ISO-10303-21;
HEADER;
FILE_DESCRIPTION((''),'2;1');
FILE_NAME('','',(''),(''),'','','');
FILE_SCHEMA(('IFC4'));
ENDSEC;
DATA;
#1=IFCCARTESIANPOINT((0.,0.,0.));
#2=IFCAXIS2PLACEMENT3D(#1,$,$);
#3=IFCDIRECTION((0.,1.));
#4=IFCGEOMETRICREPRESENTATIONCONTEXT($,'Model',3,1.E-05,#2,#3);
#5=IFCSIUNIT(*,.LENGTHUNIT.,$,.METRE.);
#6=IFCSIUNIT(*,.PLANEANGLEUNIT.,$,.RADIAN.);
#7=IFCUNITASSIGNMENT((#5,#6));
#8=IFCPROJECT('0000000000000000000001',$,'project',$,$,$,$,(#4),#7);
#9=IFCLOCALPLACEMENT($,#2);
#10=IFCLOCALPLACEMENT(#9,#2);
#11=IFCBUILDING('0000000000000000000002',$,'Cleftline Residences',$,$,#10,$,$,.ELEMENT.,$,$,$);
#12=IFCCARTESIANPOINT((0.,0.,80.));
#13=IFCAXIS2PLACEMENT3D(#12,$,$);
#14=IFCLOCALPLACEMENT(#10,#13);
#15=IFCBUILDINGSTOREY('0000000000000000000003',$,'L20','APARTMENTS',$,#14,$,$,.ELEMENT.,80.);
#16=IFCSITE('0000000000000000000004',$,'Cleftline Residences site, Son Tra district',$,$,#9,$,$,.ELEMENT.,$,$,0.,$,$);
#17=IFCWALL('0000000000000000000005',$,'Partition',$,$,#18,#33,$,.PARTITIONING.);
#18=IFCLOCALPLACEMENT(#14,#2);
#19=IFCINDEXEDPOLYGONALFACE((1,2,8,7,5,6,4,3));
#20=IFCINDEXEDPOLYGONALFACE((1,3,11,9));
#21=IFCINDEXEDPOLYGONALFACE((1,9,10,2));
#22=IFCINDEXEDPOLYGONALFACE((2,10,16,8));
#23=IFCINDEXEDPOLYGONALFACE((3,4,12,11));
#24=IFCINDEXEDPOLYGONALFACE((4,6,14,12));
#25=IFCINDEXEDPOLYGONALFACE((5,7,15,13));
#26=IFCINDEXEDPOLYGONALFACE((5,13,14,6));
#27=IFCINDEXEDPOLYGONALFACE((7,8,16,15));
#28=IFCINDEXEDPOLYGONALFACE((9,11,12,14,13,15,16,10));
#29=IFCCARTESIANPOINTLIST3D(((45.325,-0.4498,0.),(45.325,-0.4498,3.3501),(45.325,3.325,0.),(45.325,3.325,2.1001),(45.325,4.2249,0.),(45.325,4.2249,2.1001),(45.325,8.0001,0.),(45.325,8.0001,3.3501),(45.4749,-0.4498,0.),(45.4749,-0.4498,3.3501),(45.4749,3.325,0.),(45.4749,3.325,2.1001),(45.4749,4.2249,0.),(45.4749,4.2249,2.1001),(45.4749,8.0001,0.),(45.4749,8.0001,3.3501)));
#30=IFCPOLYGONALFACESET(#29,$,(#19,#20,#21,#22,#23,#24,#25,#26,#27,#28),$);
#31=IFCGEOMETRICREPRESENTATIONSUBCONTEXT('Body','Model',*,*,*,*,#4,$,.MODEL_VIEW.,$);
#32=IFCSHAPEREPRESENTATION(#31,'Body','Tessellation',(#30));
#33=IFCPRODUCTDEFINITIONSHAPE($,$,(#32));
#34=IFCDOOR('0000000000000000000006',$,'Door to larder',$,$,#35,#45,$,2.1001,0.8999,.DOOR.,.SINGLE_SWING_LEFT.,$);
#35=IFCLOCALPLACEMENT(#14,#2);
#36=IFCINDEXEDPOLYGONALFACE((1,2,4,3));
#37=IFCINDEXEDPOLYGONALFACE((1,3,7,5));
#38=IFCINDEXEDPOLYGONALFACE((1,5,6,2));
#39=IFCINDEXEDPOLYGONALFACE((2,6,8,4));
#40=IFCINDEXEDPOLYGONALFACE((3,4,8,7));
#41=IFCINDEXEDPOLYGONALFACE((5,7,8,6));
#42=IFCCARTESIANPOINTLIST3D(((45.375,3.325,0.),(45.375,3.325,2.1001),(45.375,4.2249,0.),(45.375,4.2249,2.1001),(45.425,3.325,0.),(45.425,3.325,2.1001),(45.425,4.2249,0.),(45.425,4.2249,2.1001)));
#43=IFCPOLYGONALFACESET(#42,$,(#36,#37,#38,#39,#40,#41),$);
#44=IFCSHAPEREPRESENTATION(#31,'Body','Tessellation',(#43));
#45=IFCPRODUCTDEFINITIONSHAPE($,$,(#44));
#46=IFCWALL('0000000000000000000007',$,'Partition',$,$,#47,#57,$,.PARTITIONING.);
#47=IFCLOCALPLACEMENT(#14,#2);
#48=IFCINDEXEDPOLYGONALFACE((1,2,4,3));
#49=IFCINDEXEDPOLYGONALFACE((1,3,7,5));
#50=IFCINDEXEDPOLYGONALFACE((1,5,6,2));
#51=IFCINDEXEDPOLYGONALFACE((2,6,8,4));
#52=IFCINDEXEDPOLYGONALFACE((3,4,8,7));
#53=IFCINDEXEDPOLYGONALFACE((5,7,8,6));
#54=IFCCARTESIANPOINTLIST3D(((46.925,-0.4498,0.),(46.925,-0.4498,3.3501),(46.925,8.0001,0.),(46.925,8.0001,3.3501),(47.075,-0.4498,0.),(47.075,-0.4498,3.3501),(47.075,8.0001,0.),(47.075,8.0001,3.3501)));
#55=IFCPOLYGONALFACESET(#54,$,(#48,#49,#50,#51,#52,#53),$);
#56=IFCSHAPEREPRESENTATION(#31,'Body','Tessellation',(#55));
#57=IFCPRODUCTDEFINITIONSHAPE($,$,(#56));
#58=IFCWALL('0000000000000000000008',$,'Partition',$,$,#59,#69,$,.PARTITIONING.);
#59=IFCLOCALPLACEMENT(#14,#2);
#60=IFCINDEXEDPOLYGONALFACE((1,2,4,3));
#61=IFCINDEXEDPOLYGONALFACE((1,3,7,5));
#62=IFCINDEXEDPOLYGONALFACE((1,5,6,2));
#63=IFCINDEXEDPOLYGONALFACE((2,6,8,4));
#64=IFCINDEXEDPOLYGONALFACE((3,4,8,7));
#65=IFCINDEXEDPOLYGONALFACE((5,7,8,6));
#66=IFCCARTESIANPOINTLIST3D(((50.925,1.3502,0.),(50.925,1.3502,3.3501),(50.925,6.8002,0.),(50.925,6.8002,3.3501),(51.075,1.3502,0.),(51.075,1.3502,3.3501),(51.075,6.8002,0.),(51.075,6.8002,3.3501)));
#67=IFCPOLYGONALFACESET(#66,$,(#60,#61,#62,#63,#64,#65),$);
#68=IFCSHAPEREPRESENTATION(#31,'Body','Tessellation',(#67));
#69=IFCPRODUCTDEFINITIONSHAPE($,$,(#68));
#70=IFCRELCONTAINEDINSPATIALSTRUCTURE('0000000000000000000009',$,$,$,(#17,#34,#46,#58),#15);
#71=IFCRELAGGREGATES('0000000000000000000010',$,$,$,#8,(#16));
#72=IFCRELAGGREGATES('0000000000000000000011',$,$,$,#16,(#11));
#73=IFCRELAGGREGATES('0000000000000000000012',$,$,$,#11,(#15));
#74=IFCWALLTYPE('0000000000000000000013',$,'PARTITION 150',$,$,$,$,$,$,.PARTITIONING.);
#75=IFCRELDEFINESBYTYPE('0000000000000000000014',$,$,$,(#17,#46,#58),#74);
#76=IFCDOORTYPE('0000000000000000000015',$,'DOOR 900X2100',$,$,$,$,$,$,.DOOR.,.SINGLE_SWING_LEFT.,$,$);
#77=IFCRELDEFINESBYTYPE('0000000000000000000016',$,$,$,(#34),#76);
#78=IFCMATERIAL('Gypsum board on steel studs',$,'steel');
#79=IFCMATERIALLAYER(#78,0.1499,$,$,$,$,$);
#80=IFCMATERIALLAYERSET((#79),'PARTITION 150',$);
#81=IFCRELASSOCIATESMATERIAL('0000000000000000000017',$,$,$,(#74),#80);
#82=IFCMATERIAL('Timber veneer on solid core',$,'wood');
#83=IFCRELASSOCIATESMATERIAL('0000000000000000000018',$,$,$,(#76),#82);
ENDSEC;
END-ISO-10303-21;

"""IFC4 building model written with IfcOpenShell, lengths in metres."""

from ifc_helpers import new_model, si_unit, direction, frame, frame_2d, origin, place, context, subcontext, project, spatial, rectangle, extrude, material, layer, layer_set, type_object, element, fill, save


model = new_model("IFC4")

# Units and contexts
model_context = context("Model", 3, precision=1e-05, world=origin(), true_north=direction((0.0, 1.0)))
body_context = subcontext(model_context, "Body", "Model", "MODEL_VIEW")
ifc_project = project(units=[si_unit("LENGTHUNIT", "METRE"), si_unit("PLANEANGLEUNIT", "RADIAN")], contexts=[model_context])

# Site, building, storey
site_placement = place(None, origin())
site = spatial("IfcSite", under=ifc_project, at=site_placement, Name="Cleftline Residences site, Son Tra district", CompositionType="ELEMENT", RefElevation=0.0)
building_placement = place(site_placement, origin())
building = spatial("IfcBuilding", under=site, at=building_placement, Name="Cleftline Residences", CompositionType="ELEMENT")
storey_placement = place(building_placement, frame((0.0, 0.0, 80.0)))
storey = spatial("IfcBuildingStorey", under=building, at=storey_placement, Name="L20", Description="APARTMENTS", CompositionType="ELEMENT", Elevation=80.0)

# Wall, opening, door
ifc_material_1 = material(Name="Gypsum board on steel studs", Category="steel")
ifc_layer_1 = layer(ifc_material_1, 0.1499)
ifc_layer_set_1 = layer_set([ifc_layer_1], Name="PARTITION 150")
wall_type_1 = type_object("IfcWallType", Name="PARTITION 150", PredefinedType="PARTITIONING", material=ifc_layer_set_1)
wall_1_placement = place(storey_placement, frame((45.3999, -0.45, 0.0), z_axis=(0.0, 0.0, 1.0), x_axis=(0.0, 1.0, 0.0)))
wall_1 = element("IfcWall", 1, at=wall_1_placement, inside=storey, type_object=wall_type_1, Name="Partition", PredefinedType="PARTITIONING", context=body_context, shape_type="SweptSolid", body=[
    extrude(rectangle(XDim=8.45, YDim=0.1499, at=frame_2d((4.2251, 0.0))), origin(), (0.0, 0.0, 1.0), 3.3501),
])
opening_1_placement = place(wall_1_placement, frame((3.7749, 0.0, 0.0)))
opening_1 = element("IfcOpeningElement", 2, at=opening_1_placement, cuts=wall_1, PredefinedType="OPENING", context=body_context, shape_type="SweptSolid", body=[
    extrude(rectangle(XDim=0.8999, YDim=2.1001, at=frame_2d((0.45, 1.05))), frame((0.0, 0.085, 0.0), z_axis=(0.0, -1.0, 0.0), x_axis=(1.0, 0.0, 0.0)), (0.0, 0.0, 1.0), 0.1699),
])
ifc_material_2 = material(Name="Timber veneer on solid core", Category="wood")
door_type = type_object("IfcDoorType", Name="DOOR 900X2100", OperationType="SINGLE_SWING_LEFT", PredefinedType="DOOR", material=ifc_material_2)
door_placement = place(opening_1_placement, origin())
door = element("IfcDoor", 3, at=door_placement, inside=storey, type_object=door_type, Name="Door to larder", OperationType="SINGLE_SWING_LEFT", OverallHeight=2.1001, OverallWidth=0.8999, PredefinedType="DOOR", context=body_context, shape_type="SweptSolid", body=[
    extrude(rectangle(XDim=0.8999, YDim=2.1001, at=frame_2d((0.45, 1.05))), frame((0.0, 0.0249, 0.0), z_axis=(0.0, -1.0, 0.0), x_axis=(1.0, 0.0, 0.0)), (0.0, 0.0, 1.0), 0.05),
])
fill(opening_1, door)

# Walls
wall_2_placement = place(storey_placement, frame((47.0, -0.45, 0.0), z_axis=(0.0, 0.0, 1.0), x_axis=(0.0, 1.0, 0.0)))
element("IfcWall", 4, at=wall_2_placement, inside=storey, type_object=wall_type_1, Name="Partition", PredefinedType="PARTITIONING", context=body_context, shape_type="SweptSolid", body=[
    extrude(rectangle(XDim=8.45, YDim=0.1499, at=frame_2d((4.2251, 0.0))), origin(), (0.0, 0.0, 1.0), 3.3501),
])
wall_3_placement = place(storey_placement, frame((51.0, 1.3501, 0.0), z_axis=(0.0, 0.0, 1.0), x_axis=(0.0, 1.0, 0.0)))
element("IfcWall", 5, at=wall_3_placement, inside=storey, type_object=wall_type_1, Name="Partition", PredefinedType="PARTITIONING", context=body_context, shape_type="SweptSolid", body=[
    extrude(rectangle(XDim=5.45, YDim=0.1499, at=frame_2d((2.7251, 0.0))), origin(), (0.0, 0.0, 1.0), 3.3501),
])

save(model, "model.ifc")
